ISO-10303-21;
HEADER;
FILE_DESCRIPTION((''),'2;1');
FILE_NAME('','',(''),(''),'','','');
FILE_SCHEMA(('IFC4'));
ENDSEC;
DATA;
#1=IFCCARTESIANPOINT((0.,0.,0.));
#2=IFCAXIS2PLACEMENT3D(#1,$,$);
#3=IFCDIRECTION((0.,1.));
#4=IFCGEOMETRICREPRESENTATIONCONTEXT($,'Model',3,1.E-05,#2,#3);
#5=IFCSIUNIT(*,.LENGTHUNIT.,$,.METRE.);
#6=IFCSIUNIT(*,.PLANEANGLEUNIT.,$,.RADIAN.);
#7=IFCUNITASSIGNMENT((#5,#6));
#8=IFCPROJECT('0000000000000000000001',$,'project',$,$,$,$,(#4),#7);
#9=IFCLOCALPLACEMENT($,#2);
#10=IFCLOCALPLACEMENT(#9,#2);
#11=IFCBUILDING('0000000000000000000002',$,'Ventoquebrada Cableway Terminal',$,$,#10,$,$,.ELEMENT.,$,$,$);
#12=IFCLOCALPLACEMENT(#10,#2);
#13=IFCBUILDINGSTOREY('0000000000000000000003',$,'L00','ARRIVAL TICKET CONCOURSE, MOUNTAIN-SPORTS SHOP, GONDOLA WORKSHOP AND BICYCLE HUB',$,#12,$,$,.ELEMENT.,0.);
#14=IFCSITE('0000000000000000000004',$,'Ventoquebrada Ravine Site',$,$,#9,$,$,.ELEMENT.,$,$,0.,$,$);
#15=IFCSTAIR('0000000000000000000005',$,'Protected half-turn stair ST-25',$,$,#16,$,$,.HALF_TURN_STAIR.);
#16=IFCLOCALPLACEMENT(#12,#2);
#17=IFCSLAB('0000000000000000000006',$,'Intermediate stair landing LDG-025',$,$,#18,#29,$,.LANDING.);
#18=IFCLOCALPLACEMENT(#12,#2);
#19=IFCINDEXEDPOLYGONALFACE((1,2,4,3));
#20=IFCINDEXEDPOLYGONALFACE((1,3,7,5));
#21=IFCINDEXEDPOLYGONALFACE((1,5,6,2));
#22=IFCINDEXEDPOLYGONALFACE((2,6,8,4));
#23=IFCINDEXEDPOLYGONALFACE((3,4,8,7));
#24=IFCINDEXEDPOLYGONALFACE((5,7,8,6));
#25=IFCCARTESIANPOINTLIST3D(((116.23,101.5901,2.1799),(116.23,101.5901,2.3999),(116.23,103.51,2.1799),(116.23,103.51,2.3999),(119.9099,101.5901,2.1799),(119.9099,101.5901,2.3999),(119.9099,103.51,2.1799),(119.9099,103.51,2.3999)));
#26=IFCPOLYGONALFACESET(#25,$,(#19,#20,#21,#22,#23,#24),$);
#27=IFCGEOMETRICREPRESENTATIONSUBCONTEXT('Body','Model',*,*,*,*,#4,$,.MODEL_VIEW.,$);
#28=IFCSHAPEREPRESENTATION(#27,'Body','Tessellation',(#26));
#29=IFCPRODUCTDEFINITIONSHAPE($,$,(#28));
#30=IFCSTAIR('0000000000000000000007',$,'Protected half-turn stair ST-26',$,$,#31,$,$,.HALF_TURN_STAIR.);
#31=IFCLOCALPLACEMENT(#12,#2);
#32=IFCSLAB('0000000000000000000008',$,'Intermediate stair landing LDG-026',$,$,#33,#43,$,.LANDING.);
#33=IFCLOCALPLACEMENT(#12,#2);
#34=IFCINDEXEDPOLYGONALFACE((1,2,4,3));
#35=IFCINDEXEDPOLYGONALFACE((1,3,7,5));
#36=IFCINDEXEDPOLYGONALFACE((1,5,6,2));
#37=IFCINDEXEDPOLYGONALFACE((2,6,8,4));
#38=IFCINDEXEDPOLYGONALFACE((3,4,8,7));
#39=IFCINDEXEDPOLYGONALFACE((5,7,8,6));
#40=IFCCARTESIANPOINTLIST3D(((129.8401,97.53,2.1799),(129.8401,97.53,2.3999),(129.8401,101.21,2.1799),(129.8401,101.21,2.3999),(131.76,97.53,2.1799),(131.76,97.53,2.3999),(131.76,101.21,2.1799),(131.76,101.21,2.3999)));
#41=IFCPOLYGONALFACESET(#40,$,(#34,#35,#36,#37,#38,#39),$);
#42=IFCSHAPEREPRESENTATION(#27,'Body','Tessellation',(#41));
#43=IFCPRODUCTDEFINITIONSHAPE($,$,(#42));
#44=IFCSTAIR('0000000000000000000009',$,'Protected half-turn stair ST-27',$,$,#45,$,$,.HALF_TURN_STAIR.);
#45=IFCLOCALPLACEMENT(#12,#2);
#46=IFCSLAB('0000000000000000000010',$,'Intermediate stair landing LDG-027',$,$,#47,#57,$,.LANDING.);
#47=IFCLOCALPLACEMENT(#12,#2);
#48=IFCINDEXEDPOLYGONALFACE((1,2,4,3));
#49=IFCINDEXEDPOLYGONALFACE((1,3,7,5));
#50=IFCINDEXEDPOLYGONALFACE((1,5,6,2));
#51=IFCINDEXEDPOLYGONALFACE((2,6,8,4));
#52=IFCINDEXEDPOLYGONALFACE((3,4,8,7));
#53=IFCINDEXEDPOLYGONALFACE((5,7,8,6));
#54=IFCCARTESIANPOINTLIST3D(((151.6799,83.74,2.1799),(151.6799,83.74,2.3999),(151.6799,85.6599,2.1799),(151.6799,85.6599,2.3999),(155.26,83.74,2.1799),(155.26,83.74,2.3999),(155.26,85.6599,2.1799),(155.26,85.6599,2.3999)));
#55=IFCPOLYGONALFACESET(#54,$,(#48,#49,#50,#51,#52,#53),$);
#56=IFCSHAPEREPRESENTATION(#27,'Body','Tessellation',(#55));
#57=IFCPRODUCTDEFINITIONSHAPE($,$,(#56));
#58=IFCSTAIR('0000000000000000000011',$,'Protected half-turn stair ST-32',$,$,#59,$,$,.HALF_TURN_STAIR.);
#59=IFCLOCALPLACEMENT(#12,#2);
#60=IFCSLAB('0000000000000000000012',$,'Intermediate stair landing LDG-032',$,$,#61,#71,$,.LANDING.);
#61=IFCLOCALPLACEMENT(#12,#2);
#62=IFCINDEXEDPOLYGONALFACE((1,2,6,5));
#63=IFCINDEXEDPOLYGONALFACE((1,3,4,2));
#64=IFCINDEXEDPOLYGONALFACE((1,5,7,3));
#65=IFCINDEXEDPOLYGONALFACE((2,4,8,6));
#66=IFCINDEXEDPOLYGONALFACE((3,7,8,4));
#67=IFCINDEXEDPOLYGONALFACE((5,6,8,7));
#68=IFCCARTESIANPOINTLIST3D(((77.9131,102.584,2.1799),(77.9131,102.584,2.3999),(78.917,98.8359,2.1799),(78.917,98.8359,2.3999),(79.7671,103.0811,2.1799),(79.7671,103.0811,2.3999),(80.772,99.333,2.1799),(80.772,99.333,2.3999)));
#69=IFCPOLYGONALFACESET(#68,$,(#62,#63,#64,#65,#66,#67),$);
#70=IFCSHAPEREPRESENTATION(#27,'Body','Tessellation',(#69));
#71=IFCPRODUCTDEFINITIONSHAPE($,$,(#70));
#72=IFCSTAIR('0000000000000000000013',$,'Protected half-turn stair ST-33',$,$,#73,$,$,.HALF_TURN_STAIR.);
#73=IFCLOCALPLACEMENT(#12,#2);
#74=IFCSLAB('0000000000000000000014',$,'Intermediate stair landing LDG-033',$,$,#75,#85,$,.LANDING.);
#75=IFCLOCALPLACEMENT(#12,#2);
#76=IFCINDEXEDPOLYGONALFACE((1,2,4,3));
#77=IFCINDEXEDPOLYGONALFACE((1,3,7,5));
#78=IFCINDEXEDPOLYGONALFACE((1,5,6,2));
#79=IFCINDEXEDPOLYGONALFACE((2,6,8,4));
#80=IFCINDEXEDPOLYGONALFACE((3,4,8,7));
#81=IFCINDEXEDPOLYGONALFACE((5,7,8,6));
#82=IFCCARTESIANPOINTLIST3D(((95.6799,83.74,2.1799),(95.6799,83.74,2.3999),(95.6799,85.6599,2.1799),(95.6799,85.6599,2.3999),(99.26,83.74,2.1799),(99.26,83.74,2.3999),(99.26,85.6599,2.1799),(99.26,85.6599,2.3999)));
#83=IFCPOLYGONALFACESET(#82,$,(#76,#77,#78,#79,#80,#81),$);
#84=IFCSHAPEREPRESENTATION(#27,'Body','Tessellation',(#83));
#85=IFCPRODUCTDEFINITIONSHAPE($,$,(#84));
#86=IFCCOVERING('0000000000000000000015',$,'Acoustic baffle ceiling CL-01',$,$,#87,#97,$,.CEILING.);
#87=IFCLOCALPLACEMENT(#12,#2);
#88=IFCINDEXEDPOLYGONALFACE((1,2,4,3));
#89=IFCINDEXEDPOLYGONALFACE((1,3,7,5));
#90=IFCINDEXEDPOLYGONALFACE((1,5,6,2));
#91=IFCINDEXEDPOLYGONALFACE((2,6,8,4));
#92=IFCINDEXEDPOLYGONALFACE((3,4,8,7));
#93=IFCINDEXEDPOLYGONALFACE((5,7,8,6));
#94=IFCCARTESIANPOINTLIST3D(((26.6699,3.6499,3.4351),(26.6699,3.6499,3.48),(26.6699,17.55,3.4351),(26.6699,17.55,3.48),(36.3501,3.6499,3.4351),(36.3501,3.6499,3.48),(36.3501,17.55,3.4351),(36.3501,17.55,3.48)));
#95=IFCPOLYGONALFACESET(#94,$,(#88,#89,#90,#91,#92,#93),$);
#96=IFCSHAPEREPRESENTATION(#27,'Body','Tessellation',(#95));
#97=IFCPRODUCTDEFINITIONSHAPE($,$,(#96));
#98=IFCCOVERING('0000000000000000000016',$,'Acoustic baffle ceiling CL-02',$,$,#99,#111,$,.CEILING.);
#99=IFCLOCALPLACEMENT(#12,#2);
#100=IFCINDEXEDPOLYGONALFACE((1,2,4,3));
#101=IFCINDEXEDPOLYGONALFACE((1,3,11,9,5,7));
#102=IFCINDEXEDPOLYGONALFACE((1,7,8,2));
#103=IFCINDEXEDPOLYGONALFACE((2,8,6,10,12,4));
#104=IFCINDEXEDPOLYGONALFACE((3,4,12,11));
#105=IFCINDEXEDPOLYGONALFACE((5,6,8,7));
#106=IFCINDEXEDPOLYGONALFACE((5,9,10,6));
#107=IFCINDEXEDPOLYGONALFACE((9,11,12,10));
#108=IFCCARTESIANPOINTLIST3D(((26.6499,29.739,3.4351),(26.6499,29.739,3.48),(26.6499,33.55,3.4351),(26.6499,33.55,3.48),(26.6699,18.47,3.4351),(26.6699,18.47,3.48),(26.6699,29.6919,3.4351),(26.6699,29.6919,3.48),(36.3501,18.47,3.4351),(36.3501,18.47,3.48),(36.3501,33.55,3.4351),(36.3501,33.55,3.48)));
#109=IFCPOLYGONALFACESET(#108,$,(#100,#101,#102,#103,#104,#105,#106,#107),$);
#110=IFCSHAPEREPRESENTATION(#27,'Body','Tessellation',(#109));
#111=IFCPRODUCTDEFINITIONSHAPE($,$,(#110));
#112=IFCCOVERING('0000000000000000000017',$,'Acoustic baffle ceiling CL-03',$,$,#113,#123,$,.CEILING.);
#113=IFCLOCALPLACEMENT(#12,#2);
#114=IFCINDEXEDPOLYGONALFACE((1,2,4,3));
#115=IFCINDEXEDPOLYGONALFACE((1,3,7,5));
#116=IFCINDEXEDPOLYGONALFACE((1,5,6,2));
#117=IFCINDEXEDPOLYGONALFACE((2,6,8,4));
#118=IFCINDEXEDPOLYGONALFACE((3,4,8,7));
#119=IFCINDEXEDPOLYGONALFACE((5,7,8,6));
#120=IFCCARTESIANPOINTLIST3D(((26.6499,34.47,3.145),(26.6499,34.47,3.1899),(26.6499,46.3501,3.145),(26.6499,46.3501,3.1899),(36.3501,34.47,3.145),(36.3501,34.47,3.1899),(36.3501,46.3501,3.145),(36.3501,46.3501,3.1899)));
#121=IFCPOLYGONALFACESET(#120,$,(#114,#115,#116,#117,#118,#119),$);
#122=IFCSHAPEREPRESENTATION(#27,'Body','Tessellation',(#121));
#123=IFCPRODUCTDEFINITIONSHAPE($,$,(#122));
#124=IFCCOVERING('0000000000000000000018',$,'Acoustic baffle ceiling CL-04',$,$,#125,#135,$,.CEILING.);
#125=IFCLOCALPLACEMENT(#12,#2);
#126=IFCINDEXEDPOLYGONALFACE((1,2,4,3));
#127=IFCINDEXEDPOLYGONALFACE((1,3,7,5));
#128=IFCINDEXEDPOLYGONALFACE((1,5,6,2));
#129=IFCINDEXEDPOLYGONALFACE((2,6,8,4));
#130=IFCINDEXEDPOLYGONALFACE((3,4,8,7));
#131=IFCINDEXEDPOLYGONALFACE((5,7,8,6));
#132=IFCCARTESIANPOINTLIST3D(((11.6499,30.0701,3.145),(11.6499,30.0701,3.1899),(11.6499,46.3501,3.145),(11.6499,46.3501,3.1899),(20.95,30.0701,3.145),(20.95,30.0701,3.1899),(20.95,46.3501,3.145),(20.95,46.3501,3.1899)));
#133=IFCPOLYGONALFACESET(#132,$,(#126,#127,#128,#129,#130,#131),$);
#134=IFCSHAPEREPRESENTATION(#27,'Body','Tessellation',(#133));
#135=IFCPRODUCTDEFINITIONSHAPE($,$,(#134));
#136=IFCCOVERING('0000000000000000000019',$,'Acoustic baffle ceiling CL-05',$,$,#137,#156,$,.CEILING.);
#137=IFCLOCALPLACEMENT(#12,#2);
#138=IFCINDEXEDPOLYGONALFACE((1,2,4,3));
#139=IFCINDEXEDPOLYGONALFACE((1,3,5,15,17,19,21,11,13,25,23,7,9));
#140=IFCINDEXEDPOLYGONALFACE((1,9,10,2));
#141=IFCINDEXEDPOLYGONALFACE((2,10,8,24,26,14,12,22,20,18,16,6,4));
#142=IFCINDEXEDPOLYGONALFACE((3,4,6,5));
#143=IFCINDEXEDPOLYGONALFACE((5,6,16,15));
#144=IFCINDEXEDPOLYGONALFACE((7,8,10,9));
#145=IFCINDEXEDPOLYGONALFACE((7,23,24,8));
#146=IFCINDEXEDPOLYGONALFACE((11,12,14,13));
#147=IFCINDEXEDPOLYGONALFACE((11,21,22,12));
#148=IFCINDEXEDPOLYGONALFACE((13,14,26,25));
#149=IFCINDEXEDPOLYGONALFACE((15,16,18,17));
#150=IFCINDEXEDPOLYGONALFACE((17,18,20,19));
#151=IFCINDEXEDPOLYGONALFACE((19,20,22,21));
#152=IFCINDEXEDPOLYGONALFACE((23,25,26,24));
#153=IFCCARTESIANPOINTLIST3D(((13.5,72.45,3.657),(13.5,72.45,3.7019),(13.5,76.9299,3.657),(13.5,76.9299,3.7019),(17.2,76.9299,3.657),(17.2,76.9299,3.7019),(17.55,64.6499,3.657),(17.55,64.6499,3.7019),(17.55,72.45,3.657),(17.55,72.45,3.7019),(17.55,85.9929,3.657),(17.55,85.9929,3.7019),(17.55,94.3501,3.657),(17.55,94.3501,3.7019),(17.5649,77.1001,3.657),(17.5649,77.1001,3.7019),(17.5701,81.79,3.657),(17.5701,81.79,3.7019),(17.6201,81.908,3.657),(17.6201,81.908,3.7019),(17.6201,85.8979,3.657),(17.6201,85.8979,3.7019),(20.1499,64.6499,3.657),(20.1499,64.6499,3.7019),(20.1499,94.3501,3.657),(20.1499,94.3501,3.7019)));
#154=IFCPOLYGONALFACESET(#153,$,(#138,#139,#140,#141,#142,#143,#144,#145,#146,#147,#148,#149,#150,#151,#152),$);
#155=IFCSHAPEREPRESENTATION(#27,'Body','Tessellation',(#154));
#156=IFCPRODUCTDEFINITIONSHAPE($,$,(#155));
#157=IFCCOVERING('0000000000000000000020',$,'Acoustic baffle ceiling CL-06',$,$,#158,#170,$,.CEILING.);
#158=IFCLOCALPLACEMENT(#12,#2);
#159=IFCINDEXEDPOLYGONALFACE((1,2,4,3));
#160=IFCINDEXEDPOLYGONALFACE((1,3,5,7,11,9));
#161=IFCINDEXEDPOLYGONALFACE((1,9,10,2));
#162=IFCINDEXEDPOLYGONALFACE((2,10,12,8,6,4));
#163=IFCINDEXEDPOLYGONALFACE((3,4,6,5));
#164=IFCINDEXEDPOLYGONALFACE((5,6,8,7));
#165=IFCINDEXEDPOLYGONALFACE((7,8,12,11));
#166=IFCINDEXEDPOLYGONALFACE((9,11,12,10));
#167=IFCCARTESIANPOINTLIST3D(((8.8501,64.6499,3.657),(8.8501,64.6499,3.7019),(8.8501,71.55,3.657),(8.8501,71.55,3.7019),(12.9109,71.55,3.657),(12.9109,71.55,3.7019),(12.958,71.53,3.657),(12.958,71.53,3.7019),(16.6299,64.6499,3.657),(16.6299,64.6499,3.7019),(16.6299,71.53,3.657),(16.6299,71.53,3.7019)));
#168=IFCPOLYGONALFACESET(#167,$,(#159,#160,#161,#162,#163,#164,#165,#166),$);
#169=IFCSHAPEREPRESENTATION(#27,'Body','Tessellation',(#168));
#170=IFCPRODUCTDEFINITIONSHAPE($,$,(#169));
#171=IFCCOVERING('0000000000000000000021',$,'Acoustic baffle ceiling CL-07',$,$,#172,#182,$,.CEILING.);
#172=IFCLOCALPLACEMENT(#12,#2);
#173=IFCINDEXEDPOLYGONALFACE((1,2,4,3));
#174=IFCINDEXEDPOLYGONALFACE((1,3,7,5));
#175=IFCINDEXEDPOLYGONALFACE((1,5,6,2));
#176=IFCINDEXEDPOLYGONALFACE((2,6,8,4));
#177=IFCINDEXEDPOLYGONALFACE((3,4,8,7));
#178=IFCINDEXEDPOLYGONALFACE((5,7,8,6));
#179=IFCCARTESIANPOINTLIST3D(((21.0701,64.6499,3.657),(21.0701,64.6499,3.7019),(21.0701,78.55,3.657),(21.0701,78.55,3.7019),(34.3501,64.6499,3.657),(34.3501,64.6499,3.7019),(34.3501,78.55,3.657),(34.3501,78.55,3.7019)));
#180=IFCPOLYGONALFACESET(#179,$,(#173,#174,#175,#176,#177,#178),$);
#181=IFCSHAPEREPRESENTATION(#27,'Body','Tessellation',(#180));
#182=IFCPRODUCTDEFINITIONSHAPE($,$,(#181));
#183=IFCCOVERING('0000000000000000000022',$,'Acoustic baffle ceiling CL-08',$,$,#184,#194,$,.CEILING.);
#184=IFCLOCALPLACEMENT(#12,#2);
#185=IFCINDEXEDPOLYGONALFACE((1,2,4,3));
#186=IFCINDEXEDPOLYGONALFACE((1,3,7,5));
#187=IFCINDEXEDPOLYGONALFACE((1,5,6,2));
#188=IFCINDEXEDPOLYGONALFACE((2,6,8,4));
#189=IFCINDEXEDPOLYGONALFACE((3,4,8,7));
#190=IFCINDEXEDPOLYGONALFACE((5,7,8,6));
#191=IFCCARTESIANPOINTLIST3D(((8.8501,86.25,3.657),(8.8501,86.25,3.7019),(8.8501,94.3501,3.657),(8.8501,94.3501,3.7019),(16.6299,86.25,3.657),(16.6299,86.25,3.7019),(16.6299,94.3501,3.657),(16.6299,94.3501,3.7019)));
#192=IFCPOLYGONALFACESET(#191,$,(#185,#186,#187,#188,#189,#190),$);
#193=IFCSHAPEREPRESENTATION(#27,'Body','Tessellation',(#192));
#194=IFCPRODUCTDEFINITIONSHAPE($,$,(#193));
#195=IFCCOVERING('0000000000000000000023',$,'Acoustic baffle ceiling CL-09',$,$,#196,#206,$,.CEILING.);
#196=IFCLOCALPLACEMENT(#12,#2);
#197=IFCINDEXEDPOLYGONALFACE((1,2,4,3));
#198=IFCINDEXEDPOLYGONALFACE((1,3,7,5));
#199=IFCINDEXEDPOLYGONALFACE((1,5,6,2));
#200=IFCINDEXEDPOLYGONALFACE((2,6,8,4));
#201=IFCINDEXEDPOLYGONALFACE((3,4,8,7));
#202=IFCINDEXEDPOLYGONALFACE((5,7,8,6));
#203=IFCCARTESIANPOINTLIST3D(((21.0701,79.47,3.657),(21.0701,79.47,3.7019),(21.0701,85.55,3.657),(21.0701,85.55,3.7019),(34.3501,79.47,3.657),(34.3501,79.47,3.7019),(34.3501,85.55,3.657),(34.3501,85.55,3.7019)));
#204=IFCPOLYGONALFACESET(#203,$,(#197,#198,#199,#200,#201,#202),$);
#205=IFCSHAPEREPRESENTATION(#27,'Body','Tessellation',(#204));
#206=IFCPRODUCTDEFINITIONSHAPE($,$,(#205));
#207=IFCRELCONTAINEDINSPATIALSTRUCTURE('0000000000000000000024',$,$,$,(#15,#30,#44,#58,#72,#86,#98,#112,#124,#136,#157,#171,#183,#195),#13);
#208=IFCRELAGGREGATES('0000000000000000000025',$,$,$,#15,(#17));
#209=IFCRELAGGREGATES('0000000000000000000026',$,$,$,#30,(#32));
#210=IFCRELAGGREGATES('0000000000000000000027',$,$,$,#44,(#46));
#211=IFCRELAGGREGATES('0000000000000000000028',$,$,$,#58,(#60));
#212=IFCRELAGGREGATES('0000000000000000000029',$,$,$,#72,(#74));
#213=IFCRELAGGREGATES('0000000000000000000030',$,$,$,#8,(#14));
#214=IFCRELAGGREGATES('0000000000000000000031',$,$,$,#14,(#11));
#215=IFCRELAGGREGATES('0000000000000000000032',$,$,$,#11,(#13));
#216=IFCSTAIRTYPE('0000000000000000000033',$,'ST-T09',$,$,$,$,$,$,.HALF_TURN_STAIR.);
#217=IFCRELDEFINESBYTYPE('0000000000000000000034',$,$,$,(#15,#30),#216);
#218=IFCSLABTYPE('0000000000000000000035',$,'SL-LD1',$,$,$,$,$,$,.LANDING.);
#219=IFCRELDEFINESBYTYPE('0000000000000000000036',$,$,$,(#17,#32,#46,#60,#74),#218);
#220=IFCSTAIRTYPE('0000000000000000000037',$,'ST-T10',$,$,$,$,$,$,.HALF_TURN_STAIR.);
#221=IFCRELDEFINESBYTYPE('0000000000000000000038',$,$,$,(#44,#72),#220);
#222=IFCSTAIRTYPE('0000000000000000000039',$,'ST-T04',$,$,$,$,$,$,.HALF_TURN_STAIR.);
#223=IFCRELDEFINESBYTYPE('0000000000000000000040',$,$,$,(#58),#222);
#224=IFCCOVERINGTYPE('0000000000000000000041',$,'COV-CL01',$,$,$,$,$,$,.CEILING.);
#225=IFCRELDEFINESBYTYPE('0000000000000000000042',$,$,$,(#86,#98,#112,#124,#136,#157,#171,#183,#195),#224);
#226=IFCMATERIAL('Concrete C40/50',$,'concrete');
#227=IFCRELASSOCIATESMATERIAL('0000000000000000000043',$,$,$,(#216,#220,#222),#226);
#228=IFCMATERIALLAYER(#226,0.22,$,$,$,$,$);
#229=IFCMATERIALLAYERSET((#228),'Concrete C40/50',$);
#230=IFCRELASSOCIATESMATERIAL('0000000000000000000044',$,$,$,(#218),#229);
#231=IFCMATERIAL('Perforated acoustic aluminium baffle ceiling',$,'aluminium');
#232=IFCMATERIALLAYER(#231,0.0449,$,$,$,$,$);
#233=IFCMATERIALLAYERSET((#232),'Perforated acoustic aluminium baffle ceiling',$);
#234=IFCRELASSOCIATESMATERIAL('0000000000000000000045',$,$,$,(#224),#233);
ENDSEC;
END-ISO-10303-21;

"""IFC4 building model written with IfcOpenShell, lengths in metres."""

from ifc_helpers import new_model, si_unit, direction, frame, origin, place, context, subcontext, project, spatial, polyline, outline, extrude, material, layer, layer_set, type_object, element, aggregate, save


model = new_model("IFC4")

# Units and contexts
model_context = context("Model", 3, precision=1e-05, world=origin(), true_north=direction((0.0, 1.0)))
body_context = subcontext(model_context, "Body", "Model", "MODEL_VIEW")
ifc_project = project(units=[si_unit("LENGTHUNIT", "METRE"), si_unit("PLANEANGLEUNIT", "RADIAN")], contexts=[model_context])

# Site, building, storey
site_placement = place(None, origin())
site = spatial("IfcSite", under=ifc_project, at=site_placement, Name="Ventoquebrada Ravine Site", CompositionType="ELEMENT", RefElevation=0.0)
building_placement = place(site_placement, origin())
building = spatial("IfcBuilding", under=site, at=building_placement, Name="Ventoquebrada Cableway Terminal", CompositionType="ELEMENT")
storey_placement = place(building_placement, origin())
storey = spatial("IfcBuildingStorey", under=building, at=storey_placement, Name="L00", Description="ARRIVAL TICKET CONCOURSE, MOUNTAIN-SPORTS SHOP, GONDOLA WORKSHOP AND BICYCLE HUB", CompositionType="ELEMENT", Elevation=0.0)

# Stairs, slabs
ifc_material_1 = material(Name="Concrete C40/50", Category="concrete")
stair_type_1 = type_object("IfcStairType", Name="ST-T09", PredefinedType="HALF_TURN_STAIR", material=ifc_material_1)
stair_1_placement = place(storey_placement, origin())
stair_1 = element("IfcStair", 1, at=stair_1_placement, inside=storey, type_object=stair_type_1, Name="Protected half-turn stair ST-25", PredefinedType="HALF_TURN_STAIR")
ifc_layer_1 = layer(ifc_material_1, 0.22)
ifc_layer_set_1 = layer_set([ifc_layer_1], Name="Concrete C40/50")
slab_type = type_object("IfcSlabType", Name="SL-LD1", PredefinedType="LANDING", material=ifc_layer_set_1)
slab_1_placement = place(storey_placement, frame((0.0, 0.0, 2.1799)))
slab_1 = element("IfcSlab", 2, at=slab_1_placement, type_object=slab_type, Name="Intermediate stair landing LDG-025", PredefinedType="LANDING", context=body_context, shape_type="SweptSolid", body=[
    extrude(outline(polyline([(119.9099, 101.5901), (119.9099, 103.51), (116.23, 103.51), (116.23, 101.5901), (119.9099, 101.5901)])), origin(), (0.0, 0.0, 1.0), 0.22),
])
aggregate(stair_1, [slab_1])
stair_2_placement = place(storey_placement, origin())
stair_2 = element("IfcStair", 3, at=stair_2_placement, inside=storey, type_object=stair_type_1, Name="Protected half-turn stair ST-26", PredefinedType="HALF_TURN_STAIR")
slab_2_placement = place(storey_placement, frame((0.0, 0.0, 2.1799)))
slab_2 = element("IfcSlab", 4, at=slab_2_placement, type_object=slab_type, Name="Intermediate stair landing LDG-026", PredefinedType="LANDING", context=body_context, shape_type="SweptSolid", body=[
    extrude(outline(polyline([(131.76, 101.21), (129.8401, 101.21), (129.8401, 97.53), (131.76, 97.53), (131.76, 101.21)])), origin(), (0.0, 0.0, 1.0), 0.22),
])
aggregate(stair_2, [slab_2])
stair_type_2 = type_object("IfcStairType", Name="ST-T10", PredefinedType="HALF_TURN_STAIR", material=ifc_material_1)
stair_3_placement = place(storey_placement, origin())
stair_3 = element("IfcStair", 5, at=stair_3_placement, inside=storey, type_object=stair_type_2, Name="Protected half-turn stair ST-27", PredefinedType="HALF_TURN_STAIR")
slab_3_placement = place(storey_placement, frame((0.0, 0.0, 2.1799)))
slab_3 = element("IfcSlab", 6, at=slab_3_placement, type_object=slab_type, Name="Intermediate stair landing LDG-027", PredefinedType="LANDING", context=body_context, shape_type="SweptSolid", body=[
    extrude(outline(polyline([(155.26, 83.74), (155.26, 85.6599), (151.6799, 85.6599), (151.6799, 83.74), (155.26, 83.74)])), origin(), (0.0, 0.0, 1.0), 0.22),
])
aggregate(stair_3, [slab_3])
stair_type_3 = type_object("IfcStairType", Name="ST-T04", PredefinedType="HALF_TURN_STAIR", material=ifc_material_1)
stair_4_placement = place(storey_placement, origin())
stair_4 = element("IfcStair", 7, at=stair_4_placement, inside=storey, type_object=stair_type_3, Name="Protected half-turn stair ST-32", PredefinedType="HALF_TURN_STAIR")
slab_4_placement = place(storey_placement, frame((0.0, 0.0, 2.1799)))
slab_4 = element("IfcSlab", 8, at=slab_4_placement, type_object=slab_type, Name="Intermediate stair landing LDG-032", PredefinedType="LANDING", context=body_context, shape_type="SweptSolid", body=[
    extrude(outline(polyline([(78.917, 98.8359), (80.772, 99.333), (79.7671, 103.0811), (77.9131, 102.584), (78.917, 98.8359)])), origin(), (0.0, 0.0, 1.0), 0.22),
])
aggregate(stair_4, [slab_4])
stair_5_placement = place(storey_placement, origin())
stair_5 = element("IfcStair", 9, at=stair_5_placement, inside=storey, type_object=stair_type_2, Name="Protected half-turn stair ST-33", PredefinedType="HALF_TURN_STAIR")
slab_5_placement = place(storey_placement, frame((0.0, 0.0, 2.1799)))
slab_5 = element("IfcSlab", 10, at=slab_5_placement, type_object=slab_type, Name="Intermediate stair landing LDG-033", PredefinedType="LANDING", context=body_context, shape_type="SweptSolid", body=[
    extrude(outline(polyline([(99.26, 83.74), (99.26, 85.6599), (95.6799, 85.6599), (95.6799, 83.74), (99.26, 83.74)])), origin(), (0.0, 0.0, 1.0), 0.22),
])
aggregate(stair_5, [slab_5])

# Coverings
ifc_material_2 = material(Name="Perforated acoustic aluminium baffle ceiling", Category="aluminium")
ifc_layer_2 = layer(ifc_material_2, 0.0449)
ifc_layer_set_2 = layer_set([ifc_layer_2], Name="Perforated acoustic aluminium baffle ceiling")
covering_type = type_object("IfcCoveringType", Name="COV-CL01", PredefinedType="CEILING", material=ifc_layer_set_2)
covering_1_placement = place(storey_placement, frame((0.0, 0.0, 3.4351)))
element("IfcCovering", 11, at=covering_1_placement, inside=storey, type_object=covering_type, Name="Acoustic baffle ceiling CL-01", PredefinedType="CEILING", context=body_context, shape_type="SweptSolid", body=[
    extrude(outline(polyline([(26.6699, 3.6499), (36.3501, 3.6499), (36.3501, 17.55), (26.6699, 17.55), (26.6699, 3.6499)])), origin(), (0.0, 0.0, 1.0), 0.0449),
])
covering_2_placement = place(storey_placement, frame((0.0, 0.0, 3.4351)))
element("IfcCovering", 12, at=covering_2_placement, inside=storey, type_object=covering_type, Name="Acoustic baffle ceiling CL-02", PredefinedType="CEILING", context=body_context, shape_type="SweptSolid", body=[
    extrude(outline(polyline([(26.6699, 29.6919), (26.6699, 18.47), (36.3501, 18.47), (36.3501, 33.55), (26.6499, 33.55), (26.6499, 29.739), (26.6699, 29.6919)])), origin(), (0.0, 0.0, 1.0), 0.0449),
])
covering_3_placement = place(storey_placement, frame((0.0, 0.0, 3.145)))
element("IfcCovering", 13, at=covering_3_placement, inside=storey, type_object=covering_type, Name="Acoustic baffle ceiling CL-03", PredefinedType="CEILING", context=body_context, shape_type="SweptSolid", body=[
    extrude(outline(polyline([(36.3501, 34.47), (36.3501, 46.3501), (26.6499, 46.3501), (26.6499, 34.47), (36.3501, 34.47)])), origin(), (0.0, 0.0, 1.0), 0.0449),
])
covering_4_placement = place(storey_placement, frame((0.0, 0.0, 3.145)))
element("IfcCovering", 14, at=covering_4_placement, inside=storey, type_object=covering_type, Name="Acoustic baffle ceiling CL-04", PredefinedType="CEILING", context=body_context, shape_type="SweptSolid", body=[
    extrude(outline(polyline([(20.95, 30.0701), (20.95, 46.3501), (11.6499, 46.3501), (11.6499, 30.0701), (20.95, 30.0701)])), origin(), (0.0, 0.0, 1.0), 0.0449),
])
covering_5_placement = place(storey_placement, frame((0.0, 0.0, 3.657)))
element("IfcCovering", 15, at=covering_5_placement, inside=storey, type_object=covering_type, Name="Acoustic baffle ceiling CL-05", PredefinedType="CEILING", context=body_context, shape_type="SweptSolid", body=[
    extrude(outline(polyline([(13.5, 72.45), (17.55, 72.45), (17.55, 64.6499), (20.1499, 64.6499), (20.1499, 94.3501), (17.55, 94.3501), (17.55, 85.9929), (17.6201, 85.8979), (17.6201, 81.908), (17.5701, 81.79), (17.5649, 77.1001), (17.2, 76.9299), (13.5, 76.9299), (13.5, 72.45)])), origin(), (0.0, 0.0, 1.0), 0.0449),
])
covering_6_placement = place(storey_placement, frame((0.0, 0.0, 3.657)))
element("IfcCovering", 16, at=covering_6_placement, inside=storey, type_object=covering_type, Name="Acoustic baffle ceiling CL-06", PredefinedType="CEILING", context=body_context, shape_type="SweptSolid", body=[
    extrude(outline(polyline([(16.6299, 64.6499), (16.6299, 71.53), (12.958, 71.53), (12.9109, 71.55), (8.8501, 71.55), (8.8501, 64.6499), (16.6299, 64.6499)])), origin(), (0.0, 0.0, 1.0), 0.0449),
])
covering_7_placement = place(storey_placement, frame((0.0, 0.0, 3.657)))
element("IfcCovering", 17, at=covering_7_placement, inside=storey, type_object=covering_type, Name="Acoustic baffle ceiling CL-07", PredefinedType="CEILING", context=body_context, shape_type="SweptSolid", body=[
    extrude(outline(polyline([(21.0701, 64.6499), (34.3501, 64.6499), (34.3501, 78.55), (21.0701, 78.55), (21.0701, 64.6499)])), origin(), (0.0, 0.0, 1.0), 0.0449),
])
covering_8_placement = place(storey_placement, frame((0.0, 0.0, 3.657)))
element("IfcCovering", 18, at=covering_8_placement, inside=storey, type_object=covering_type, Name="Acoustic baffle ceiling CL-08", PredefinedType="CEILING", context=body_context, shape_type="SweptSolid", body=[
    extrude(outline(polyline([(16.6299, 86.25), (16.6299, 94.3501), (8.8501, 94.3501), (8.8501, 86.25), (16.6299, 86.25)])), origin(), (0.0, 0.0, 1.0), 0.0449),
])
covering_9_placement = place(storey_placement, frame((0.0, 0.0, 3.657)))
element("IfcCovering", 19, at=covering_9_placement, inside=storey, type_object=covering_type, Name="Acoustic baffle ceiling CL-09", PredefinedType="CEILING", context=body_context, shape_type="SweptSolid", body=[
    extrude(outline(polyline([(21.0701, 85.55), (21.0701, 79.47), (34.3501, 79.47), (34.3501, 85.55), (21.0701, 85.55)])), origin(), (0.0, 0.0, 1.0), 0.0449),
])

save(model, "model.ifc")
